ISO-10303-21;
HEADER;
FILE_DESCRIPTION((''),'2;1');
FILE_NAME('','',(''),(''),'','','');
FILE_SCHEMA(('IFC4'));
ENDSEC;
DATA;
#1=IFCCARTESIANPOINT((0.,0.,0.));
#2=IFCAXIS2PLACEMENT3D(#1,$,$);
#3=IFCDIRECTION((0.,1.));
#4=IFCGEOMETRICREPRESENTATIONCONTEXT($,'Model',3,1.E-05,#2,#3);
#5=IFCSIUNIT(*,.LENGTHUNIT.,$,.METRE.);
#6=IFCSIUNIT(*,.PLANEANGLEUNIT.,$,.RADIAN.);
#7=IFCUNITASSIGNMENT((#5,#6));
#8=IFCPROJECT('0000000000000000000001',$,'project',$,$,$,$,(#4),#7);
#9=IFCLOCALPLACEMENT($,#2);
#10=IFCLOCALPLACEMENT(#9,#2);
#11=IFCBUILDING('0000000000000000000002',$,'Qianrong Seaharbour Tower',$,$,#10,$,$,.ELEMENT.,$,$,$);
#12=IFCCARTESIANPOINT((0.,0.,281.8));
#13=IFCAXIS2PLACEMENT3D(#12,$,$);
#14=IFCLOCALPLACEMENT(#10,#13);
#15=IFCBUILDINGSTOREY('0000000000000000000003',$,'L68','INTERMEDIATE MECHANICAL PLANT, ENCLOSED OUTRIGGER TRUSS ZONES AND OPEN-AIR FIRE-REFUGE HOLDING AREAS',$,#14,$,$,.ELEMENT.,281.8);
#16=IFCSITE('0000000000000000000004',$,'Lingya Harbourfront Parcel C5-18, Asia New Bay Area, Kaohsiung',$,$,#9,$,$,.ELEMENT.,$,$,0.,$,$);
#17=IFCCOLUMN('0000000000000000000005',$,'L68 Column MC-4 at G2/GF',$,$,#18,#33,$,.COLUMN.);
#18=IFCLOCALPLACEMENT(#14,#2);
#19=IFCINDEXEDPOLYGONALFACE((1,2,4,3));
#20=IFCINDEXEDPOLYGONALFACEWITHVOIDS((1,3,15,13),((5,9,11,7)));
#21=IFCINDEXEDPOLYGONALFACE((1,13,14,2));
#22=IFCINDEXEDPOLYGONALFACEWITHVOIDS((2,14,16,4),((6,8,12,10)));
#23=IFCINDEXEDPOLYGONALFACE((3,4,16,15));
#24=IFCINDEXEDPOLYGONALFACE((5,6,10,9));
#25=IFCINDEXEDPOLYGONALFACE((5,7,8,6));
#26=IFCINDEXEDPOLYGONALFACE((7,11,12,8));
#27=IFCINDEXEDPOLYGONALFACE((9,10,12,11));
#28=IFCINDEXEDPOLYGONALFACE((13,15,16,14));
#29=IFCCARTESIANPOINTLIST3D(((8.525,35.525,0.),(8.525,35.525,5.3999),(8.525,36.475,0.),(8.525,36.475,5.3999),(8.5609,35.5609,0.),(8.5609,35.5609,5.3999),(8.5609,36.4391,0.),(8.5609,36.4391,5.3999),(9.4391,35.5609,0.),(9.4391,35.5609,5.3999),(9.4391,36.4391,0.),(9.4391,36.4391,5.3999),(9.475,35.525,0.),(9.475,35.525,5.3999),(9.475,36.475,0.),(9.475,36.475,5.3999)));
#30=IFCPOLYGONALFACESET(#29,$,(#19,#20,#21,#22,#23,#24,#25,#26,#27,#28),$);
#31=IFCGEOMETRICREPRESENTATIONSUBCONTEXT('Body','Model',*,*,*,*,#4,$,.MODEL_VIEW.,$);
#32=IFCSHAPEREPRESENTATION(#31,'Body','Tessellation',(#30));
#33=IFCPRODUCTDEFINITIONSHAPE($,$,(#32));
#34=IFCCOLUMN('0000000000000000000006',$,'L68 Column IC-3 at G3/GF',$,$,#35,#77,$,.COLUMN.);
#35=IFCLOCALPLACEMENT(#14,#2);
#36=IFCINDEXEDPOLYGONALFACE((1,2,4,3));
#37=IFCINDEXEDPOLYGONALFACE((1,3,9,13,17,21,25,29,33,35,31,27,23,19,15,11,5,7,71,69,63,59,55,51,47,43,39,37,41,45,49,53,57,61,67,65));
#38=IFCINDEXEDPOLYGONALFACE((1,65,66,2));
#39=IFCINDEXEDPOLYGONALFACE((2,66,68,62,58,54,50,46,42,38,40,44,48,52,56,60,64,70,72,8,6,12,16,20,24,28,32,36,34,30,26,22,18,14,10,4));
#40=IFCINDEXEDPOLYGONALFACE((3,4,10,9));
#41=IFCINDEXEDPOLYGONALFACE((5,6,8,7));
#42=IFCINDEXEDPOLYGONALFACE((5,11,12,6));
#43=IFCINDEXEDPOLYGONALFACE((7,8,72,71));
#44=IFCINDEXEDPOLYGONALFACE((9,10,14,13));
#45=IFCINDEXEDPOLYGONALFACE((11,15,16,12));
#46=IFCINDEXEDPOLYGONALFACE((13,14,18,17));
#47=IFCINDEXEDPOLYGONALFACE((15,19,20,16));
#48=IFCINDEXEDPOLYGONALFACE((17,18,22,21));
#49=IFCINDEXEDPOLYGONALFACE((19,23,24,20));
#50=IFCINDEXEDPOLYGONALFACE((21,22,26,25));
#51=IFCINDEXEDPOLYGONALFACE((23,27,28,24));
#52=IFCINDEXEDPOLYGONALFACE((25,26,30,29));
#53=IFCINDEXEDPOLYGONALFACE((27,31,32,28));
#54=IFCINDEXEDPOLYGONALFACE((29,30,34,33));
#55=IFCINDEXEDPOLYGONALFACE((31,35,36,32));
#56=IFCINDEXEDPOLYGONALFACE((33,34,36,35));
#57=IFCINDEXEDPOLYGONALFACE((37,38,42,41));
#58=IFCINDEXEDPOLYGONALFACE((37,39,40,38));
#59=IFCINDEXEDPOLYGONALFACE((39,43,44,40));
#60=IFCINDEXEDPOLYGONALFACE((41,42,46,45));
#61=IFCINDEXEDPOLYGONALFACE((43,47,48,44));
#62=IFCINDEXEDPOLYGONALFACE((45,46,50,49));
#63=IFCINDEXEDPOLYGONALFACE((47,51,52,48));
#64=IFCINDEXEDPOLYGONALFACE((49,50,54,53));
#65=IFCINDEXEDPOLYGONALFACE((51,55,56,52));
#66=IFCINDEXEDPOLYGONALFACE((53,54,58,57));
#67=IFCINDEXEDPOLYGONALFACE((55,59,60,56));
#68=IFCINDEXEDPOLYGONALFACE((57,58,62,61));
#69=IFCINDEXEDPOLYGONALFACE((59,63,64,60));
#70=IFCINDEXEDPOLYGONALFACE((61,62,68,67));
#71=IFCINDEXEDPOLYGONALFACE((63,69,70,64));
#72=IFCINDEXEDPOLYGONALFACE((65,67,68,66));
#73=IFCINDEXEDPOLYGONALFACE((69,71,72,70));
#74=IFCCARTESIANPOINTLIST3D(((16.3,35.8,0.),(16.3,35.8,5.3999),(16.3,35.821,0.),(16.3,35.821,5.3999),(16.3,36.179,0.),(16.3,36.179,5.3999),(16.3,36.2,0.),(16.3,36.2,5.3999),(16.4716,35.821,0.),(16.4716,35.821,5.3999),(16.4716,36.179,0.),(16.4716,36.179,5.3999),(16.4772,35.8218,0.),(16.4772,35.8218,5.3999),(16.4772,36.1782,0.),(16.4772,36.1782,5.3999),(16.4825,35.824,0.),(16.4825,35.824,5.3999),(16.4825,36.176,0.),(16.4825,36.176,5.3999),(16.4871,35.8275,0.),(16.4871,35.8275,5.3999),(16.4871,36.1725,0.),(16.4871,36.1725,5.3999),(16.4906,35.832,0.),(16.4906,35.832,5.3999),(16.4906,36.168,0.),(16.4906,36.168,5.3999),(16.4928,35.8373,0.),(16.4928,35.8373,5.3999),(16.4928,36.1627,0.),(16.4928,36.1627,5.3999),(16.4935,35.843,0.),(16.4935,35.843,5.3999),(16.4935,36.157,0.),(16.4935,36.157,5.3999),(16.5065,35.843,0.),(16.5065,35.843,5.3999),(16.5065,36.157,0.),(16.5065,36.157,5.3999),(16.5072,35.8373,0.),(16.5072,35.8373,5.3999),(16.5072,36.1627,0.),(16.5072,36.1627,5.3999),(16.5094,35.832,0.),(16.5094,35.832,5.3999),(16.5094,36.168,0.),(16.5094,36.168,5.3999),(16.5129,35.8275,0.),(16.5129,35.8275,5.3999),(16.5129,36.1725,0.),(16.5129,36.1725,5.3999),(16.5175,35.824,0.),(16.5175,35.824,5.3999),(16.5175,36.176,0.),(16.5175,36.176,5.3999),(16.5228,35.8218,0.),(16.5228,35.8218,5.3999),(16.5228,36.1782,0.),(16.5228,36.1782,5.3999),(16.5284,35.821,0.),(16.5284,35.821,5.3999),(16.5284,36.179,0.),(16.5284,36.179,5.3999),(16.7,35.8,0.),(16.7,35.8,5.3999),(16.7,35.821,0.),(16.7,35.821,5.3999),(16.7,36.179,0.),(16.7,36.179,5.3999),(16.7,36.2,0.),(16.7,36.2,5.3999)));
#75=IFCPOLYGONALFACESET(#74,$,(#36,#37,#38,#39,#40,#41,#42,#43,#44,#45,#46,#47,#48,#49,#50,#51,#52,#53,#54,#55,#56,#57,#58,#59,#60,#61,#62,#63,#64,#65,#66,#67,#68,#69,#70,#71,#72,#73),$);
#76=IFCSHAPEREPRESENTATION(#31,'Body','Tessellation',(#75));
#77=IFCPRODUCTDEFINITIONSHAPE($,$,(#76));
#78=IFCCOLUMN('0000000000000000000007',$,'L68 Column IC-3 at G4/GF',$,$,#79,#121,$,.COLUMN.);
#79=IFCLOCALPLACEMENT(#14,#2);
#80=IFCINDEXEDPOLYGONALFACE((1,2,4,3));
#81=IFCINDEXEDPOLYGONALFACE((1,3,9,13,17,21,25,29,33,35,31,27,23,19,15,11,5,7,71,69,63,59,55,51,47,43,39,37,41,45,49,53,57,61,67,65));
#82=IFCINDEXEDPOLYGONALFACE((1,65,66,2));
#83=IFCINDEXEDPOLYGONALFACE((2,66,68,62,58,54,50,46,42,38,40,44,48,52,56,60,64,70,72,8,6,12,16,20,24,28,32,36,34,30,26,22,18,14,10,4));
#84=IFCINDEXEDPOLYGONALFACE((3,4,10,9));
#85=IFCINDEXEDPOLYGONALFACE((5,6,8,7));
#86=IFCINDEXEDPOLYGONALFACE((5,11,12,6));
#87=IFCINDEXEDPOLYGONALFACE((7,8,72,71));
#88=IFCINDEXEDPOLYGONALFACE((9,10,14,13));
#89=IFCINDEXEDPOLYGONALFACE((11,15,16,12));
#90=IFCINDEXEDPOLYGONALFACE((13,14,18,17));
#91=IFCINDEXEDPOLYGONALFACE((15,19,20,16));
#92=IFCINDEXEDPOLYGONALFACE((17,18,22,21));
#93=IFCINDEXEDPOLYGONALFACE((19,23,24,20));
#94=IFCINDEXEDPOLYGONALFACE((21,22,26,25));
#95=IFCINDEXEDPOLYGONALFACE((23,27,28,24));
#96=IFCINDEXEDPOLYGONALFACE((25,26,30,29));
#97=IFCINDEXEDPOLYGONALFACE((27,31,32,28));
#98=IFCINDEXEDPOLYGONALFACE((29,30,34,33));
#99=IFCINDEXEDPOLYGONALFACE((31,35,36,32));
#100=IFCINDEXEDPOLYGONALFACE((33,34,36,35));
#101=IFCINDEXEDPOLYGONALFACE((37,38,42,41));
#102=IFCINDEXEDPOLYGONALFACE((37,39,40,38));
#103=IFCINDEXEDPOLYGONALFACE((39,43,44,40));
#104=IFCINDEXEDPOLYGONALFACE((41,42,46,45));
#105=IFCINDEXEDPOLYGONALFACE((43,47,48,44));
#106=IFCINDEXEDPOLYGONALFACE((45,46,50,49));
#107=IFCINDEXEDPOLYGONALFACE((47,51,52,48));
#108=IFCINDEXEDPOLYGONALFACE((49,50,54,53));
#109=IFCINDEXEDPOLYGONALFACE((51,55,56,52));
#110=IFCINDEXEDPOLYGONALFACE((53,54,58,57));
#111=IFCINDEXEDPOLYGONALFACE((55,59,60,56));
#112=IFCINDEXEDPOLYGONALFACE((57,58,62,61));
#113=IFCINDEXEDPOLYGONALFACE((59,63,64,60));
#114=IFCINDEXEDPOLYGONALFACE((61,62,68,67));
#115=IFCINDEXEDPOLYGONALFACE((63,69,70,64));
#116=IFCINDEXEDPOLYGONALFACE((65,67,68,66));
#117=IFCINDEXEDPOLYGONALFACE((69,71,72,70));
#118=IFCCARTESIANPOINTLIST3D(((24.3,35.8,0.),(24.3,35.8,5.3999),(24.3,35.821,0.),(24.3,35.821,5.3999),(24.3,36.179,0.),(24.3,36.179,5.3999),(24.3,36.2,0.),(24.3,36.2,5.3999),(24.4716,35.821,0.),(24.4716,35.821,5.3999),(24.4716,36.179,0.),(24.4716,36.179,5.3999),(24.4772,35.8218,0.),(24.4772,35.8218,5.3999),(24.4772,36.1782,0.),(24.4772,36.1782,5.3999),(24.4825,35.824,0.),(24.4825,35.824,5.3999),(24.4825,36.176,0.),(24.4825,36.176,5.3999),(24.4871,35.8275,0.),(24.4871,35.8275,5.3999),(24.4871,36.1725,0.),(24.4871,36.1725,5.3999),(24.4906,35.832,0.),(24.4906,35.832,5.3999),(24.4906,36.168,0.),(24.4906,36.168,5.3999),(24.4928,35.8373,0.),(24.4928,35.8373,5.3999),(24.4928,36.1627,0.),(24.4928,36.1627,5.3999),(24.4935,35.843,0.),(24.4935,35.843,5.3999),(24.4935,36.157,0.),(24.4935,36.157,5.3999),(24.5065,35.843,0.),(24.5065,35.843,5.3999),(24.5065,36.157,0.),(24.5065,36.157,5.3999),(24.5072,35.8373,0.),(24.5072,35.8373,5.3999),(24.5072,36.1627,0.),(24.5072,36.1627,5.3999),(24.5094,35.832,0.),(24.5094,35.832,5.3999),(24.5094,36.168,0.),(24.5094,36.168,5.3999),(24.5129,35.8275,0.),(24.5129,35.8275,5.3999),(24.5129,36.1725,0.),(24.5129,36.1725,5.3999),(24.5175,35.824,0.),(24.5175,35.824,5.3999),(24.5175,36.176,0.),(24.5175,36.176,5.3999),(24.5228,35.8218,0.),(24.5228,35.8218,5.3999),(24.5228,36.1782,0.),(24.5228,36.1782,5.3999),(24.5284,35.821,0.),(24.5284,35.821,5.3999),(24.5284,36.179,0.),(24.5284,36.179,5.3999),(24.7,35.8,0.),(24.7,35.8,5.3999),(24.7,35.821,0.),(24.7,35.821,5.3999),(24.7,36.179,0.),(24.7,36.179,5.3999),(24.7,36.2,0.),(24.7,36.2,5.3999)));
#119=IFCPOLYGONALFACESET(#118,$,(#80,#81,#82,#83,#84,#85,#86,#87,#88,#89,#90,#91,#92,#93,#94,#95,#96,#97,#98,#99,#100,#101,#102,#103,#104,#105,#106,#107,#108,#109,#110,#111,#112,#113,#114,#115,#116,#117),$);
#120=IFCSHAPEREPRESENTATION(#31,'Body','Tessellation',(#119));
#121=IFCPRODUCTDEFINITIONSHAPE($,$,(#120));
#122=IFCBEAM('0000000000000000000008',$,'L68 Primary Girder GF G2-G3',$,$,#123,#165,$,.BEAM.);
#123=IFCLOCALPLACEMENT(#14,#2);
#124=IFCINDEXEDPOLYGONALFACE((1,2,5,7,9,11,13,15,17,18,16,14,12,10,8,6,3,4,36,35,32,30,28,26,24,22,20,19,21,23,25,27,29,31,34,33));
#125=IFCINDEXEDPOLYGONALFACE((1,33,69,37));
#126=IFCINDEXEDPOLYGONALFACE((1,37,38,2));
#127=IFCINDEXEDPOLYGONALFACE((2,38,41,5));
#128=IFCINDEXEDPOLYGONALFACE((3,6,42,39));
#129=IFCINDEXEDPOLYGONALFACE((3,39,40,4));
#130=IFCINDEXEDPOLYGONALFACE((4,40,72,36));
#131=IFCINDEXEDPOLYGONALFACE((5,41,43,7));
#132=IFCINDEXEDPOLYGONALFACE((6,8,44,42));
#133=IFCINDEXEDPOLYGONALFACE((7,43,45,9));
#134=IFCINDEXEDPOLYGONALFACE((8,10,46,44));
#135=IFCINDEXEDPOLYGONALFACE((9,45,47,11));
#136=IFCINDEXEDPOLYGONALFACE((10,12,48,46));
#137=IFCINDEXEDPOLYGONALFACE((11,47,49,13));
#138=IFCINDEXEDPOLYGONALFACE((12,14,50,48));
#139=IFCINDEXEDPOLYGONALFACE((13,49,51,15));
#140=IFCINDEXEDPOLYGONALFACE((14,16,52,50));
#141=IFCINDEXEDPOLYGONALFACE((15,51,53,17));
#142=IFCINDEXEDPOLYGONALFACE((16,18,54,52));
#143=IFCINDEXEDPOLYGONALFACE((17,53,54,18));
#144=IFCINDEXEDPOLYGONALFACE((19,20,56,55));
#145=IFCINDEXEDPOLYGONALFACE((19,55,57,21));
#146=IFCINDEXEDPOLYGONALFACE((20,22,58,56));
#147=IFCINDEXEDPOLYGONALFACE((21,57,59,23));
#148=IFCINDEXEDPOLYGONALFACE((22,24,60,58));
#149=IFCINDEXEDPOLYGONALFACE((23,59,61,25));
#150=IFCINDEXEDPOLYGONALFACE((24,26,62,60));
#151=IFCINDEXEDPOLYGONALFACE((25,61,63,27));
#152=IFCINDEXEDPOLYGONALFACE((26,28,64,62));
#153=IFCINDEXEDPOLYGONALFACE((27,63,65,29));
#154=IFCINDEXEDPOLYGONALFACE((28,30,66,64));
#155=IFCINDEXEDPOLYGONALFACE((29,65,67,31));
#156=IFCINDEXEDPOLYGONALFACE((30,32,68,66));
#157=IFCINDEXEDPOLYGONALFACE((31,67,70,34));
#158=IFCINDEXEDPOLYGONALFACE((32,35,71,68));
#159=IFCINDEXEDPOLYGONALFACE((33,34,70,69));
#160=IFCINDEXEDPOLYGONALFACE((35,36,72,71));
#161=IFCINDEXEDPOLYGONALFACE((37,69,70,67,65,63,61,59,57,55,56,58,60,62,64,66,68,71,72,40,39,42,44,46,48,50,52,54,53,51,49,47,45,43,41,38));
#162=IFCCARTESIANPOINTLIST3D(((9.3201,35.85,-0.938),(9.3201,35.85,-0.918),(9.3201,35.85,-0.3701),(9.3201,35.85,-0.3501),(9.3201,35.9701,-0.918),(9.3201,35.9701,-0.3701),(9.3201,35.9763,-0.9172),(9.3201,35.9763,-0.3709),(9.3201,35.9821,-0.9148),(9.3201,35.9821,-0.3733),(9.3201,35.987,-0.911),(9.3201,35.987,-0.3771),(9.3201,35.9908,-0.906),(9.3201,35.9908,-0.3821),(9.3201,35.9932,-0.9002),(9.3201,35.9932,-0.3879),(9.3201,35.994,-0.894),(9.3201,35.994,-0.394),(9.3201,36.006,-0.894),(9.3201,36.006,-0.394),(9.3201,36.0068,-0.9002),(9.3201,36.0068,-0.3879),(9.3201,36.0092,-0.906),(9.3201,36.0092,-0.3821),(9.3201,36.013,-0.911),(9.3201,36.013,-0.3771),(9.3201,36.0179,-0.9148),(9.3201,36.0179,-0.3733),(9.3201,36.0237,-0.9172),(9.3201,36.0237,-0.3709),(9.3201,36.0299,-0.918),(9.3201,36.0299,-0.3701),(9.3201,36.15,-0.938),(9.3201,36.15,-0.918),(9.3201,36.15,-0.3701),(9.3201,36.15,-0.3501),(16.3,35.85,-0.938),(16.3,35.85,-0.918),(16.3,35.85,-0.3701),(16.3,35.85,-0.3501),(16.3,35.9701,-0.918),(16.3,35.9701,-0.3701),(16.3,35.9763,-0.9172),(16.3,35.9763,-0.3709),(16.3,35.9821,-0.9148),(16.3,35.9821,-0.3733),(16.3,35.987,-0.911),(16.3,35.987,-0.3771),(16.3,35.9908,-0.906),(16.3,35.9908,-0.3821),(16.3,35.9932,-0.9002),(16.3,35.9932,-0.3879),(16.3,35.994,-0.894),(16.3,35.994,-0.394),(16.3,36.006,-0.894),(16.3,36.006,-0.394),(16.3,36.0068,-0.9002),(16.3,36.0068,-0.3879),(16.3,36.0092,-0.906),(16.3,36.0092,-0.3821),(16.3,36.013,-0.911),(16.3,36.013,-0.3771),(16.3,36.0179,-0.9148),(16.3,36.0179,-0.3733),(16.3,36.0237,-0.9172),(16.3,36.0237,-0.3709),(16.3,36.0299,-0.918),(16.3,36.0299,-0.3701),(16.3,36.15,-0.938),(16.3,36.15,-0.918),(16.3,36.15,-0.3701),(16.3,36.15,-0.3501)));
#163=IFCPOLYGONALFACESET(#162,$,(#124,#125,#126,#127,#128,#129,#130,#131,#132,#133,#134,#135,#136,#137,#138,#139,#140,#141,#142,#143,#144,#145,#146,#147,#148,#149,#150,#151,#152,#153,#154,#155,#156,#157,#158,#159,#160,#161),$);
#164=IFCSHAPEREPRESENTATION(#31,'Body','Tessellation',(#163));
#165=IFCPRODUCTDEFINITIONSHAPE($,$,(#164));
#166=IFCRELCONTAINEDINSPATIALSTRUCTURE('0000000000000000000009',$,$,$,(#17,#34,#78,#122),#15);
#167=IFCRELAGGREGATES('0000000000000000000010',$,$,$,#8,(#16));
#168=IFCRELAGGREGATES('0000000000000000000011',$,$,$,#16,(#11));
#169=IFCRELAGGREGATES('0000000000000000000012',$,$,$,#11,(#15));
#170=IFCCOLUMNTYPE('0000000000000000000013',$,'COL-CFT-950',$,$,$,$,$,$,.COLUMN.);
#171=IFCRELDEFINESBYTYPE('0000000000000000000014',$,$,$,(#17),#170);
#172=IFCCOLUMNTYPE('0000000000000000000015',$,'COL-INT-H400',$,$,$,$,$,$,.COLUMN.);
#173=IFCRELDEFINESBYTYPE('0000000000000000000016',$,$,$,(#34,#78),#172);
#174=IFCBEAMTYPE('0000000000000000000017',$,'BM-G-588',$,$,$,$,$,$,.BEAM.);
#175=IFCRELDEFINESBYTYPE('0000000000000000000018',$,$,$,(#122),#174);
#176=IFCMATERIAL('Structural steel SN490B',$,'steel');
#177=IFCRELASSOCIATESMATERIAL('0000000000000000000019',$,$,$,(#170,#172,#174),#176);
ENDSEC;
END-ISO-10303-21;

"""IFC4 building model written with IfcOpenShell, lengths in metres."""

from ifc_helpers import new_model, si_unit, direction, frame, origin, origin_2d, place, context, subcontext, project, spatial, hollow_rectangle, i_section, extrude, material, material_profile, profile_set, type_object, element, save


model = new_model("IFC4")

# Units and contexts
model_context = context("Model", 3, precision=1e-05, world=origin(), true_north=direction((0.0, 1.0)))
body_context = subcontext(model_context, "Body", "Model", "MODEL_VIEW")
ifc_project = project(units=[si_unit("LENGTHUNIT", "METRE"), si_unit("PLANEANGLEUNIT", "RADIAN")], contexts=[model_context])

# Site, building, storey
site_placement = place(None, origin())
site = spatial("IfcSite", under=ifc_project, at=site_placement, Name="Lingya Harbourfront Parcel C5-18, Asia New Bay Area, Kaohsiung", CompositionType="ELEMENT", RefElevation=0.0)
building_placement = place(site_placement, origin())
building = spatial("IfcBuilding", under=site, at=building_placement, Name="Qianrong Seaharbour Tower", CompositionType="ELEMENT")
storey_placement = place(building_placement, frame((0.0, 0.0, 281.8)))
storey = spatial("IfcBuildingStorey", under=building, at=storey_placement, Name="L68", Description="INTERMEDIATE MECHANICAL PLANT, ENCLOSED OUTRIGGER TRUSS ZONES AND OPEN-AIR FIRE-REFUGE HOLDING AREAS", CompositionType="ELEMENT", Elevation=281.8)

# Columns
ifc_material_1 = material(Name="Structural steel SN490B", Category="steel")
ifc_material_profile_1 = material_profile(ifc_material_1, hollow_rectangle(XDim=0.95, YDim=0.95, WallThickness=0.0359, at=origin_2d()), Name="BOX950x950x36")
ifc_profile_set_1 = profile_set([ifc_material_profile_1], Name="Structural steel SN490B")
column_type_1 = type_object("IfcColumnType", Name="COL-CFT-950", PredefinedType="COLUMN", material=ifc_profile_set_1)
column_placement = place(storey_placement, frame((9.0, 36.0, 0.0), z_axis=(0.0, 0.0, 1.0), x_axis=(1.0, 0.0, 0.0)))
element("IfcColumn", 1, at=column_placement, inside=storey, type_object=column_type_1, Name="L68 Column MC-4 at G2/GF", PredefinedType="COLUMN", context=body_context, shape_type="SweptSolid", body=[
    extrude(hollow_rectangle(XDim=0.95, YDim=0.95, WallThickness=0.0359, at=origin_2d()), origin(), (0.0, 0.0, 1.0), 5.3999),
])
ifc_material_profile_2 = material_profile(ifc_material_1, i_section(OverallWidth=0.3999, OverallDepth=0.3999, WebThickness=0.0129, FlangeThickness=0.021, FilletRadius=0.022, at=origin_2d()), Name="H400x400x13x21")
ifc_profile_set_2 = profile_set([ifc_material_profile_2], Name="Structural steel SN490B")
column_type_2 = type_object("IfcColumnType", Name="COL-INT-H400", PredefinedType="COLUMN", material=ifc_profile_set_2)
for number, where, z_axis, x_axis, name in (
    (2, (16.5, 36.0, 0.0), (0.0, 0.0, 1.0), (1.0, 0.0, 0.0), "L68 Column IC-3 at G3/GF"),
    (3, (24.5, 36.0, 0.0), (0.0, 0.0, 1.0), (1.0, 0.0, 0.0), "L68 Column IC-3 at G4/GF"),
):
    element("IfcColumn", number, at=place(storey_placement, frame(where, z_axis=z_axis, x_axis=x_axis)), inside=storey, type_object=column_type_2, Name=name, PredefinedType="COLUMN", context=body_context, shape_type="SweptSolid", body=[
        extrude(i_section(OverallWidth=0.3999, OverallDepth=0.3999, WebThickness=0.0129, FlangeThickness=0.021, FilletRadius=0.022, at=origin_2d()), origin(), (0.0, 0.0, 1.0), 5.3999),
    ])

# Beam
ifc_material_profile_3 = material_profile(ifc_material_1, i_section(OverallWidth=0.3, OverallDepth=0.5879, WebThickness=0.012, FlangeThickness=0.02, FilletRadius=0.0239, at=origin_2d()), Name="H588x300x12x20")
ifc_profile_set_3 = profile_set([ifc_material_profile_3], Name="Structural steel SN490B")
beam_type_1 = type_object("IfcBeamType", Name="BM-G-588", PredefinedType="BEAM", material=ifc_profile_set_3)
beam_1_placement = place(storey_placement, frame((9.3201, 36.0, -0.644), z_axis=(1.0, 0.0, 0.0), x_axis=(0.0, 1.0, 0.0)))
element("IfcBeam", 4, at=beam_1_placement, inside=storey, type_object=beam_type_1, Name="L68 Primary Girder GF G2-G3", PredefinedType="BEAM", context=body_context, shape_type="SweptSolid", body=[
    extrude(i_section(OverallWidth=0.3, OverallDepth=0.5879, WebThickness=0.012, FlangeThickness=0.02, FilletRadius=0.0239, at=origin_2d()), origin(), (0.0, 0.0, 1.0), 6.98),
])

save(model, "model.ifc")
